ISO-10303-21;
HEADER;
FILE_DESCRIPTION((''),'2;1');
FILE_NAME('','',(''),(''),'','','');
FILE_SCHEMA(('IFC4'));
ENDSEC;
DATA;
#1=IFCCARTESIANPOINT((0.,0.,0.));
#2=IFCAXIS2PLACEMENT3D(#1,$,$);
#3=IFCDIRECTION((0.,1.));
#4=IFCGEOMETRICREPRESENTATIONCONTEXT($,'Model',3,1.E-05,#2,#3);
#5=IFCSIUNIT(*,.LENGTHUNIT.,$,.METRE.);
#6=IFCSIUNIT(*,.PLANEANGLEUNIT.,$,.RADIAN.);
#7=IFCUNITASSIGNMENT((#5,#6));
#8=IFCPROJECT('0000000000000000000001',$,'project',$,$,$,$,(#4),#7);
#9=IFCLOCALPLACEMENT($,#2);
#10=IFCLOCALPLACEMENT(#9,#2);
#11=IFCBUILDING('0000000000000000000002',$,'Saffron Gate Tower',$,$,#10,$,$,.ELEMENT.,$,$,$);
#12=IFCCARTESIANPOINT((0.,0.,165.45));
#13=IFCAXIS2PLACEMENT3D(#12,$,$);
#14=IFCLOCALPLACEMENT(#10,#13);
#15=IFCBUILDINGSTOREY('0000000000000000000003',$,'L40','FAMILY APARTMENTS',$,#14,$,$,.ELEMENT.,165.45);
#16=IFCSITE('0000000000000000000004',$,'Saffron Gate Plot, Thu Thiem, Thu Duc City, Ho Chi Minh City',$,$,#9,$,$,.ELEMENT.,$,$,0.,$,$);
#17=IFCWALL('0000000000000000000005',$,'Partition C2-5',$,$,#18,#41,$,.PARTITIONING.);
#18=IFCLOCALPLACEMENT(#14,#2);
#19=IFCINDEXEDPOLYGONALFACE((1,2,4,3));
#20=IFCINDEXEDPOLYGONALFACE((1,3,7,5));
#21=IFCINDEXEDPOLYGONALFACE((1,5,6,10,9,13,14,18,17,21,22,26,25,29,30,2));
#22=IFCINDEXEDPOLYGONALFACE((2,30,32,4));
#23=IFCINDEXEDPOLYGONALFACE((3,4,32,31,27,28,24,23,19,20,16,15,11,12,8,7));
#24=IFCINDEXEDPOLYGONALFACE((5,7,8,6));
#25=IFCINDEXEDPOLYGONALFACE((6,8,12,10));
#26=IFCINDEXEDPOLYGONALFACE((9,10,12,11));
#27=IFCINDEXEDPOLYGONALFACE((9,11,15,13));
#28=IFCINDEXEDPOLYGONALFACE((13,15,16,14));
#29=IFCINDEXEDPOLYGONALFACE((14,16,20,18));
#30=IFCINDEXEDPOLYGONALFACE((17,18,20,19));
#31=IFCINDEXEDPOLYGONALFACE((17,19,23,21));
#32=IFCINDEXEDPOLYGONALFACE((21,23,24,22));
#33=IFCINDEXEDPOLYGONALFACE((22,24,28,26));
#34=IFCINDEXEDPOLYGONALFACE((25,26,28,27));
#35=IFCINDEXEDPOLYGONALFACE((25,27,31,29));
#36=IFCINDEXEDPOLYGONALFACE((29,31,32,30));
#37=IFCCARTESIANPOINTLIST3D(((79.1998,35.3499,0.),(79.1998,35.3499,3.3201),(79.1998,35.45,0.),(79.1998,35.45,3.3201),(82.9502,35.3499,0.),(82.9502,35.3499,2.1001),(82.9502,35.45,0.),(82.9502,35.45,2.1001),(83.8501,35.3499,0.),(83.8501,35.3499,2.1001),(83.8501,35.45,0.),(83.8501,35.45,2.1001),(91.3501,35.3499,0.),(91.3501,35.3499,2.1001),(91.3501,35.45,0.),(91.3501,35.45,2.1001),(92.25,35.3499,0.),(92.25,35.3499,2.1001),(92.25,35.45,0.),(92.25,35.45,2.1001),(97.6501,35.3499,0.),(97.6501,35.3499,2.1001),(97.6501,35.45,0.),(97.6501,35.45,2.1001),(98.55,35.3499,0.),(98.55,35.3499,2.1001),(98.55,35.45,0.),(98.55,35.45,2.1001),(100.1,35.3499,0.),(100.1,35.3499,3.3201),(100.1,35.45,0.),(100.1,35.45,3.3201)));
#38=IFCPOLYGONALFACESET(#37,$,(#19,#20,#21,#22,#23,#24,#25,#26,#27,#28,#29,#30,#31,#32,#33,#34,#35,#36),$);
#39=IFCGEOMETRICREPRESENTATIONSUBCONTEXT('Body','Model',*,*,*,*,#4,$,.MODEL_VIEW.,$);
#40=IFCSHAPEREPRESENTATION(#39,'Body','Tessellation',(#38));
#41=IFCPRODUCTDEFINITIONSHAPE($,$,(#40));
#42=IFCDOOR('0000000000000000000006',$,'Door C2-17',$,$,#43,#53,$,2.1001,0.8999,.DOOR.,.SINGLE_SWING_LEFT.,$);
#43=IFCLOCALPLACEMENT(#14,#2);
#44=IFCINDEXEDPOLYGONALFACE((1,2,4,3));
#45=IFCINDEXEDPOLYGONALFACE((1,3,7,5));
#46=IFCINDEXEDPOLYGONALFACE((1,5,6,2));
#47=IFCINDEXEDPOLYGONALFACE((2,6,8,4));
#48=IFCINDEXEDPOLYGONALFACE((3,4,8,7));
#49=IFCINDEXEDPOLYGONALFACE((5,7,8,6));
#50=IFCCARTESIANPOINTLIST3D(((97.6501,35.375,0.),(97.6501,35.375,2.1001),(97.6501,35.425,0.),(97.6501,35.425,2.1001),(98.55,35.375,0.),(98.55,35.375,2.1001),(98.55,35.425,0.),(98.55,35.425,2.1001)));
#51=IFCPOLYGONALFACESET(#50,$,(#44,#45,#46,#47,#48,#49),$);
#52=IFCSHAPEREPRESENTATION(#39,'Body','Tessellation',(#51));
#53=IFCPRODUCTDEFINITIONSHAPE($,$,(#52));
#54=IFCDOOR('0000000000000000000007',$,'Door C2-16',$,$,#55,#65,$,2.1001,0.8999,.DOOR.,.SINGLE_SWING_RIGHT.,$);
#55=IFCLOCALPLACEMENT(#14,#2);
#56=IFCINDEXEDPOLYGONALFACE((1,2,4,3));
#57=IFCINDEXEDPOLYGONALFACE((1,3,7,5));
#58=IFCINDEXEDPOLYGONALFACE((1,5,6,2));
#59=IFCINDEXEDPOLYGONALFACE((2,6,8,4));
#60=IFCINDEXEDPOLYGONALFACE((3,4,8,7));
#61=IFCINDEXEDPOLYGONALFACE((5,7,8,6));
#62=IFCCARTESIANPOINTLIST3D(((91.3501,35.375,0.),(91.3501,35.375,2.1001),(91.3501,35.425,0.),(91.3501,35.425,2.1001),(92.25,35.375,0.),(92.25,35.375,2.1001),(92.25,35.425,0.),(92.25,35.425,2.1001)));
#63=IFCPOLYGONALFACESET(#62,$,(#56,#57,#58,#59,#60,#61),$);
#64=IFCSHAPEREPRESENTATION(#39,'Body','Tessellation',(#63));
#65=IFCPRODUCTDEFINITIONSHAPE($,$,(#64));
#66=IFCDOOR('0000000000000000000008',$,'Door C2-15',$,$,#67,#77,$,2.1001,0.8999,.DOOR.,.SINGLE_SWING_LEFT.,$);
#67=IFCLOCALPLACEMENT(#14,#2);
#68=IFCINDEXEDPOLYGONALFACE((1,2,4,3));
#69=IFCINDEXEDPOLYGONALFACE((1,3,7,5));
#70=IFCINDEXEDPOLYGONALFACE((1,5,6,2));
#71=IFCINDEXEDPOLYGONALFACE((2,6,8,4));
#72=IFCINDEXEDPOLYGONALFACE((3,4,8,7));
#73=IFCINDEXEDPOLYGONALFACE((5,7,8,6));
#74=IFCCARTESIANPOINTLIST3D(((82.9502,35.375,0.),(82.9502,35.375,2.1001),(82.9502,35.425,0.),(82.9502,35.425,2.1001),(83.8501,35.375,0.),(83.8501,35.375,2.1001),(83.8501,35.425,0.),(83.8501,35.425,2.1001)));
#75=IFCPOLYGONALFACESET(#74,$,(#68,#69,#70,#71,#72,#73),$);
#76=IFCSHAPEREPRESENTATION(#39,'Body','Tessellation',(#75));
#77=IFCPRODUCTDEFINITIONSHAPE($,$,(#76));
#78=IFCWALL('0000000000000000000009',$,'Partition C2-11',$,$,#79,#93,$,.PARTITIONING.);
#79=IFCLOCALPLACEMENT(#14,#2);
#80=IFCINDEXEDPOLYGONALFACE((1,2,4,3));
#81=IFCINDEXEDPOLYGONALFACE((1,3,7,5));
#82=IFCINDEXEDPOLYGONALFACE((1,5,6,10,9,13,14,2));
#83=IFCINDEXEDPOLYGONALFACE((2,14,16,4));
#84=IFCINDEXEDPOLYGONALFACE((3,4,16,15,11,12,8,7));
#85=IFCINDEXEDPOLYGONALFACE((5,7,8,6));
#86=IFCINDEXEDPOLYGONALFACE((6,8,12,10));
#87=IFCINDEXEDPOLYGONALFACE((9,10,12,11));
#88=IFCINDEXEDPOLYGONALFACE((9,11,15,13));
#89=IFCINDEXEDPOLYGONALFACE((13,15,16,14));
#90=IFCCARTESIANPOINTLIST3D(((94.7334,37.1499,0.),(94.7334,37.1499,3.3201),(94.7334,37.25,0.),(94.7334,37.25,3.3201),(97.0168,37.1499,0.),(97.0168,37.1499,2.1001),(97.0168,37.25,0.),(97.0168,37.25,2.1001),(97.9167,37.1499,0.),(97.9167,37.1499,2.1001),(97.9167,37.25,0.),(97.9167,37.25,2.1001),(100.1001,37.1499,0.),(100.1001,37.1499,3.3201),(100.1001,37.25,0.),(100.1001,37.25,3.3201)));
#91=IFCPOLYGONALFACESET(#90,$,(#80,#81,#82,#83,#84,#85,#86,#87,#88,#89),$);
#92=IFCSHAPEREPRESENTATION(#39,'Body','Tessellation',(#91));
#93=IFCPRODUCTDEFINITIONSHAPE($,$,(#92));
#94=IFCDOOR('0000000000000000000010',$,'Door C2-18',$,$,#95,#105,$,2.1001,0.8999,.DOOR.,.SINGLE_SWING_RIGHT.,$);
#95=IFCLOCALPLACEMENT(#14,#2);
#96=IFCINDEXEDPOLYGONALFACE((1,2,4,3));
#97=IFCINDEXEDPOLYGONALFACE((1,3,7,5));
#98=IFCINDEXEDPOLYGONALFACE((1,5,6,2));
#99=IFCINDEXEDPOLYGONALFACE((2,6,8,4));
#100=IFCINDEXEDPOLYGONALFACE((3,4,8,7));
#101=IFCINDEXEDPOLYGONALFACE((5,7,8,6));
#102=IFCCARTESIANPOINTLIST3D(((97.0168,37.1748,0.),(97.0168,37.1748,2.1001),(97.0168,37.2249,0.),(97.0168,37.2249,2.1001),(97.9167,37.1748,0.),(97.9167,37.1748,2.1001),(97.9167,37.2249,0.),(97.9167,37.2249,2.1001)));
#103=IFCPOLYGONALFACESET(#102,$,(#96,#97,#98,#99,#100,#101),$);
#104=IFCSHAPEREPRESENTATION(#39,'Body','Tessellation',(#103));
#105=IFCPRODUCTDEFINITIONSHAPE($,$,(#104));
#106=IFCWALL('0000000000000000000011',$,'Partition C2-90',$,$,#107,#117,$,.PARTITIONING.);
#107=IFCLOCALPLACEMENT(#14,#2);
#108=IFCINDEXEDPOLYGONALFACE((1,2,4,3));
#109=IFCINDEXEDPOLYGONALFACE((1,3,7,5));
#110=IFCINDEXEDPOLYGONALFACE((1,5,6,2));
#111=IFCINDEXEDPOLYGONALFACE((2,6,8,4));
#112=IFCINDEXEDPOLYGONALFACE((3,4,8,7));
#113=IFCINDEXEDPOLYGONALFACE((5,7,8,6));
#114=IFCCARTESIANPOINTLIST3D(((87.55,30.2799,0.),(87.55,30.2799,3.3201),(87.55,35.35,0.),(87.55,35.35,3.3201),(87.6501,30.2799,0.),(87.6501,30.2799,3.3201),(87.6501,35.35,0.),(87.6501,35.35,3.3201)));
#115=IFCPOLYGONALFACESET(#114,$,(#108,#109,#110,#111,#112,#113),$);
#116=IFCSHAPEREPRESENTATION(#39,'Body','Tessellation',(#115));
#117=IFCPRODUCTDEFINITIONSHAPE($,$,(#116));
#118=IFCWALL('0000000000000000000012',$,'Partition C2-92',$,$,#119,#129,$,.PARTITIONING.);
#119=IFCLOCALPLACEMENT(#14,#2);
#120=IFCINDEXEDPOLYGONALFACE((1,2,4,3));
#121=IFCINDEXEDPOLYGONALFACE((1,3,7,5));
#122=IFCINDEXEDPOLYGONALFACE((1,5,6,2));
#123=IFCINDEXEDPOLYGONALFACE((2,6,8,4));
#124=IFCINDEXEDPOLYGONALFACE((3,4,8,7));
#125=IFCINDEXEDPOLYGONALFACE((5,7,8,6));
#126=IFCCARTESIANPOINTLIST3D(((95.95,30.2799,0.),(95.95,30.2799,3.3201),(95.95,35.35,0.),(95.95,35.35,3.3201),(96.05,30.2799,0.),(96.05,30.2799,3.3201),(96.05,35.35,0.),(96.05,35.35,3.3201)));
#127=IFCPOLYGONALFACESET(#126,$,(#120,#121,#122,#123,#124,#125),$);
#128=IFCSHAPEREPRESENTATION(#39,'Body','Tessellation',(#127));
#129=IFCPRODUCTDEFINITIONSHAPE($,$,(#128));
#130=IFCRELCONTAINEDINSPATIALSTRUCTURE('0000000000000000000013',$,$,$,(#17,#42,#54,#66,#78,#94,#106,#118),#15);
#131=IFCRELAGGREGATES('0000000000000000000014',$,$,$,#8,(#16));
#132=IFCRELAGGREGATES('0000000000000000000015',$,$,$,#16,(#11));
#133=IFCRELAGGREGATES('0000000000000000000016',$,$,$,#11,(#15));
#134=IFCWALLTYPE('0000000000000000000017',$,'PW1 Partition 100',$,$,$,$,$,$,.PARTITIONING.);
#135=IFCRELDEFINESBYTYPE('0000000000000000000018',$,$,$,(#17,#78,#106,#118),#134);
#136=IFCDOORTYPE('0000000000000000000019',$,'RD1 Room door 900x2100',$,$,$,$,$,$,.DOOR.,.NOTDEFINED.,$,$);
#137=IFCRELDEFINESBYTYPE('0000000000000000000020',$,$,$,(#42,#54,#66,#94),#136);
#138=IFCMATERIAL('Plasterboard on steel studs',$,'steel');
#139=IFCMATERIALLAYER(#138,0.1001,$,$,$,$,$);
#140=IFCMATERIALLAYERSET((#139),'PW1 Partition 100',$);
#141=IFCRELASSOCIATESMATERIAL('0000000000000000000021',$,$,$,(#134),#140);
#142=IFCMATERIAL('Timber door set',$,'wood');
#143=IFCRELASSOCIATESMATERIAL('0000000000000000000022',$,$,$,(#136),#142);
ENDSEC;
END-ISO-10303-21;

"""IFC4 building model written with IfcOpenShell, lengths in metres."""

from ifc_helpers import new_model, si_unit, direction, frame, frame_2d, origin, place, context, subcontext, project, spatial, rectangle, extrude, material, layer, layer_set, type_object, element, fill, save


model = new_model("IFC4")

# Units and contexts
model_context = context("Model", 3, precision=1e-05, world=origin(), true_north=direction((0.0, 1.0)))
body_context = subcontext(model_context, "Body", "Model", "MODEL_VIEW")
ifc_project = project(units=[si_unit("LENGTHUNIT", "METRE"), si_unit("PLANEANGLEUNIT", "RADIAN")], contexts=[model_context])

# Site, building, storey
site_placement = place(None, origin())
site = spatial("IfcSite", under=ifc_project, at=site_placement, Name="Saffron Gate Plot, Thu Thiem, Thu Duc City, Ho Chi Minh City", CompositionType="ELEMENT", RefElevation=0.0)
building_placement = place(site_placement, origin())
building = spatial("IfcBuilding", under=site, at=building_placement, Name="Saffron Gate Tower", CompositionType="ELEMENT")
storey_placement = place(building_placement, frame((0.0, 0.0, 165.45)))
storey = spatial("IfcBuildingStorey", under=building, at=storey_placement, Name="L40", Description="FAMILY APARTMENTS", CompositionType="ELEMENT", Elevation=165.45)

# Wall, openings, doors
ifc_material_1 = material(Name="Plasterboard on steel studs", Category="steel")
ifc_layer_1 = layer(ifc_material_1, 0.1001)
ifc_layer_set_1 = layer_set([ifc_layer_1], Name="PW1 Partition 100")
wall_type = type_object("IfcWallType", Name="PW1 Partition 100", PredefinedType="PARTITIONING", material=ifc_layer_set_1)
wall_1_placement = place(storey_placement, frame((100.1001, 35.3999, 0.0), z_axis=(0.0, 0.0, 1.0), x_axis=(-1.0, 0.0, 0.0)))
wall_1 = element("IfcWall", 1, at=wall_1_placement, inside=storey, type_object=wall_type, Name="Partition C2-5", PredefinedType="PARTITIONING", context=body_context, shape_type="SweptSolid", body=[
    extrude(rectangle(XDim=20.9001, YDim=0.1001, at=frame_2d((10.4502, 0.0))), origin(), (0.0, 0.0, 1.0), 3.3201),
])
opening_1_placement = place(wall_1_placement, frame((1.55, 0.0, 0.0)))
opening_1 = element("IfcOpeningElement", 2, at=opening_1_placement, cuts=wall_1, PredefinedType="OPENING", context=body_context, shape_type="SweptSolid", body=[
    extrude(rectangle(XDim=0.8999, YDim=2.1001, at=frame_2d((0.45, 1.05))), frame((0.0, 0.0601, 0.0), z_axis=(0.0, -1.0, 0.0), x_axis=(1.0, 0.0, 0.0)), (0.0, 0.0, 1.0), 0.1201),
])
opening_2_placement = place(wall_1_placement, frame((7.8501, 0.0, 0.0)))
opening_2 = element("IfcOpeningElement", 3, at=opening_2_placement, cuts=wall_1, PredefinedType="OPENING", context=body_context, shape_type="SweptSolid", body=[
    extrude(rectangle(XDim=0.8999, YDim=2.1001, at=frame_2d((0.45, 1.05))), frame((0.0, 0.0601, 0.0), z_axis=(0.0, -1.0, 0.0), x_axis=(1.0, 0.0, 0.0)), (0.0, 0.0, 1.0), 0.1201),
])
opening_3_placement = place(wall_1_placement, frame((16.25, 0.0, 0.0)))
opening_3 = element("IfcOpeningElement", 4, at=opening_3_placement, cuts=wall_1, PredefinedType="OPENING", context=body_context, shape_type="SweptSolid", body=[
    extrude(rectangle(XDim=0.8999, YDim=2.1001, at=frame_2d((0.45, 1.05))), frame((0.0, 0.0601, 0.0), z_axis=(0.0, -1.0, 0.0), x_axis=(1.0, 0.0, 0.0)), (0.0, 0.0, 1.0), 0.1201),
])
ifc_material_2 = material(Name="Timber door set", Category="wood")
door_type = type_object("IfcDoorType", Name="RD1 Room door 900x2100", OperationType="NOTDEFINED", PredefinedType="DOOR", material=ifc_material_2)
door_1_placement = place(opening_1_placement, origin())
door_1 = element("IfcDoor", 5, at=door_1_placement, inside=storey, type_object=door_type, Name="Door C2-17", OperationType="SINGLE_SWING_LEFT", OverallHeight=2.1001, OverallWidth=0.8999, PredefinedType="DOOR", context=body_context, shape_type="SweptSolid", body=[
    extrude(rectangle(XDim=0.8999, YDim=2.1001, at=frame_2d((0.45, 1.05))), frame((0.0, 0.0249, 0.0), z_axis=(0.0, -1.0, 0.0), x_axis=(1.0, 0.0, 0.0)), (0.0, 0.0, 1.0), 0.05),
])
fill(opening_1, door_1)
door_2_placement = place(opening_2_placement, origin())
door_2 = element("IfcDoor", 6, at=door_2_placement, inside=storey, type_object=door_type, Name="Door C2-16", OperationType="SINGLE_SWING_RIGHT", OverallHeight=2.1001, OverallWidth=0.8999, PredefinedType="DOOR", context=body_context, shape_type="SweptSolid", body=[
    extrude(rectangle(XDim=0.8999, YDim=2.1001, at=frame_2d((0.45, 1.05))), frame((0.0, 0.0249, 0.0), z_axis=(0.0, -1.0, 0.0), x_axis=(1.0, 0.0, 0.0)), (0.0, 0.0, 1.0), 0.05),
])
fill(opening_2, door_2)
door_3_placement = place(opening_3_placement, origin())
door_3 = element("IfcDoor", 7, at=door_3_placement, inside=storey, type_object=door_type, Name="Door C2-15", OperationType="SINGLE_SWING_LEFT", OverallHeight=2.1001, OverallWidth=0.8999, PredefinedType="DOOR", context=body_context, shape_type="SweptSolid", body=[
    extrude(rectangle(XDim=0.8999, YDim=2.1001, at=frame_2d((0.45, 1.05))), frame((0.0, 0.0249, 0.0), z_axis=(0.0, -1.0, 0.0), x_axis=(1.0, 0.0, 0.0)), (0.0, 0.0, 1.0), 0.05),
])
fill(opening_3, door_3)

# Wall, opening, door
wall_2_placement = place(storey_placement, frame((94.7334, 37.2, 0.0), z_axis=(0.0, 0.0, 1.0), x_axis=(1.0, 0.0, 0.0)))
wall_2 = element("IfcWall", 8, at=wall_2_placement, inside=storey, type_object=wall_type, Name="Partition C2-11", PredefinedType="PARTITIONING", context=body_context, shape_type="SweptSolid", body=[
    extrude(rectangle(XDim=5.3667, YDim=0.1001, at=frame_2d((2.6833, 0.0))), origin(), (0.0, 0.0, 1.0), 3.3201),
])
opening_4_placement = place(wall_2_placement, frame((2.2834, 0.0, 0.0)))
opening_4 = element("IfcOpeningElement", 9, at=opening_4_placement, cuts=wall_2, PredefinedType="OPENING", context=body_context, shape_type="SweptSolid", body=[
    extrude(rectangle(XDim=0.8999, YDim=2.1001, at=frame_2d((0.45, 1.05))), frame((0.0, 0.0601, 0.0), z_axis=(0.0, -1.0, 0.0), x_axis=(1.0, 0.0, 0.0)), (0.0, 0.0, 1.0), 0.1201),
])
door_4_placement = place(opening_4_placement, origin())
door_4 = element("IfcDoor", 10, at=door_4_placement, inside=storey, type_object=door_type, Name="Door C2-18", OperationType="SINGLE_SWING_RIGHT", OverallHeight=2.1001, OverallWidth=0.8999, PredefinedType="DOOR", context=body_context, shape_type="SweptSolid", body=[
    extrude(rectangle(XDim=0.8999, YDim=2.1001, at=frame_2d((0.45, 1.05))), frame((0.0, 0.0249, 0.0), z_axis=(0.0, -1.0, 0.0), x_axis=(1.0, 0.0, 0.0)), (0.0, 0.0, 1.0), 0.05),
])
fill(opening_4, door_4)

# Walls
for number, where, z_axis, x_axis, name in (
    (11, (87.6001, 35.3501, 0.0), (0.0, 0.0, 1.0), (0.0, -1.0, 0.0), "Partition C2-90"),
    (12, (96.0, 35.3501, 0.0), (0.0, 0.0, 1.0), (0.0, -1.0, 0.0), "Partition C2-92"),
):
    element("IfcWall", number, at=place(storey_placement, frame(where, z_axis=z_axis, x_axis=x_axis)), inside=storey, type_object=wall_type, Name=name, PredefinedType="PARTITIONING", context=body_context, shape_type="SweptSolid", body=[
        extrude(rectangle(XDim=5.0701, YDim=0.1001, at=frame_2d((2.5352, 0.0))), origin(), (0.0, 0.0, 1.0), 3.3201),
    ])

save(model, "model.ifc")
